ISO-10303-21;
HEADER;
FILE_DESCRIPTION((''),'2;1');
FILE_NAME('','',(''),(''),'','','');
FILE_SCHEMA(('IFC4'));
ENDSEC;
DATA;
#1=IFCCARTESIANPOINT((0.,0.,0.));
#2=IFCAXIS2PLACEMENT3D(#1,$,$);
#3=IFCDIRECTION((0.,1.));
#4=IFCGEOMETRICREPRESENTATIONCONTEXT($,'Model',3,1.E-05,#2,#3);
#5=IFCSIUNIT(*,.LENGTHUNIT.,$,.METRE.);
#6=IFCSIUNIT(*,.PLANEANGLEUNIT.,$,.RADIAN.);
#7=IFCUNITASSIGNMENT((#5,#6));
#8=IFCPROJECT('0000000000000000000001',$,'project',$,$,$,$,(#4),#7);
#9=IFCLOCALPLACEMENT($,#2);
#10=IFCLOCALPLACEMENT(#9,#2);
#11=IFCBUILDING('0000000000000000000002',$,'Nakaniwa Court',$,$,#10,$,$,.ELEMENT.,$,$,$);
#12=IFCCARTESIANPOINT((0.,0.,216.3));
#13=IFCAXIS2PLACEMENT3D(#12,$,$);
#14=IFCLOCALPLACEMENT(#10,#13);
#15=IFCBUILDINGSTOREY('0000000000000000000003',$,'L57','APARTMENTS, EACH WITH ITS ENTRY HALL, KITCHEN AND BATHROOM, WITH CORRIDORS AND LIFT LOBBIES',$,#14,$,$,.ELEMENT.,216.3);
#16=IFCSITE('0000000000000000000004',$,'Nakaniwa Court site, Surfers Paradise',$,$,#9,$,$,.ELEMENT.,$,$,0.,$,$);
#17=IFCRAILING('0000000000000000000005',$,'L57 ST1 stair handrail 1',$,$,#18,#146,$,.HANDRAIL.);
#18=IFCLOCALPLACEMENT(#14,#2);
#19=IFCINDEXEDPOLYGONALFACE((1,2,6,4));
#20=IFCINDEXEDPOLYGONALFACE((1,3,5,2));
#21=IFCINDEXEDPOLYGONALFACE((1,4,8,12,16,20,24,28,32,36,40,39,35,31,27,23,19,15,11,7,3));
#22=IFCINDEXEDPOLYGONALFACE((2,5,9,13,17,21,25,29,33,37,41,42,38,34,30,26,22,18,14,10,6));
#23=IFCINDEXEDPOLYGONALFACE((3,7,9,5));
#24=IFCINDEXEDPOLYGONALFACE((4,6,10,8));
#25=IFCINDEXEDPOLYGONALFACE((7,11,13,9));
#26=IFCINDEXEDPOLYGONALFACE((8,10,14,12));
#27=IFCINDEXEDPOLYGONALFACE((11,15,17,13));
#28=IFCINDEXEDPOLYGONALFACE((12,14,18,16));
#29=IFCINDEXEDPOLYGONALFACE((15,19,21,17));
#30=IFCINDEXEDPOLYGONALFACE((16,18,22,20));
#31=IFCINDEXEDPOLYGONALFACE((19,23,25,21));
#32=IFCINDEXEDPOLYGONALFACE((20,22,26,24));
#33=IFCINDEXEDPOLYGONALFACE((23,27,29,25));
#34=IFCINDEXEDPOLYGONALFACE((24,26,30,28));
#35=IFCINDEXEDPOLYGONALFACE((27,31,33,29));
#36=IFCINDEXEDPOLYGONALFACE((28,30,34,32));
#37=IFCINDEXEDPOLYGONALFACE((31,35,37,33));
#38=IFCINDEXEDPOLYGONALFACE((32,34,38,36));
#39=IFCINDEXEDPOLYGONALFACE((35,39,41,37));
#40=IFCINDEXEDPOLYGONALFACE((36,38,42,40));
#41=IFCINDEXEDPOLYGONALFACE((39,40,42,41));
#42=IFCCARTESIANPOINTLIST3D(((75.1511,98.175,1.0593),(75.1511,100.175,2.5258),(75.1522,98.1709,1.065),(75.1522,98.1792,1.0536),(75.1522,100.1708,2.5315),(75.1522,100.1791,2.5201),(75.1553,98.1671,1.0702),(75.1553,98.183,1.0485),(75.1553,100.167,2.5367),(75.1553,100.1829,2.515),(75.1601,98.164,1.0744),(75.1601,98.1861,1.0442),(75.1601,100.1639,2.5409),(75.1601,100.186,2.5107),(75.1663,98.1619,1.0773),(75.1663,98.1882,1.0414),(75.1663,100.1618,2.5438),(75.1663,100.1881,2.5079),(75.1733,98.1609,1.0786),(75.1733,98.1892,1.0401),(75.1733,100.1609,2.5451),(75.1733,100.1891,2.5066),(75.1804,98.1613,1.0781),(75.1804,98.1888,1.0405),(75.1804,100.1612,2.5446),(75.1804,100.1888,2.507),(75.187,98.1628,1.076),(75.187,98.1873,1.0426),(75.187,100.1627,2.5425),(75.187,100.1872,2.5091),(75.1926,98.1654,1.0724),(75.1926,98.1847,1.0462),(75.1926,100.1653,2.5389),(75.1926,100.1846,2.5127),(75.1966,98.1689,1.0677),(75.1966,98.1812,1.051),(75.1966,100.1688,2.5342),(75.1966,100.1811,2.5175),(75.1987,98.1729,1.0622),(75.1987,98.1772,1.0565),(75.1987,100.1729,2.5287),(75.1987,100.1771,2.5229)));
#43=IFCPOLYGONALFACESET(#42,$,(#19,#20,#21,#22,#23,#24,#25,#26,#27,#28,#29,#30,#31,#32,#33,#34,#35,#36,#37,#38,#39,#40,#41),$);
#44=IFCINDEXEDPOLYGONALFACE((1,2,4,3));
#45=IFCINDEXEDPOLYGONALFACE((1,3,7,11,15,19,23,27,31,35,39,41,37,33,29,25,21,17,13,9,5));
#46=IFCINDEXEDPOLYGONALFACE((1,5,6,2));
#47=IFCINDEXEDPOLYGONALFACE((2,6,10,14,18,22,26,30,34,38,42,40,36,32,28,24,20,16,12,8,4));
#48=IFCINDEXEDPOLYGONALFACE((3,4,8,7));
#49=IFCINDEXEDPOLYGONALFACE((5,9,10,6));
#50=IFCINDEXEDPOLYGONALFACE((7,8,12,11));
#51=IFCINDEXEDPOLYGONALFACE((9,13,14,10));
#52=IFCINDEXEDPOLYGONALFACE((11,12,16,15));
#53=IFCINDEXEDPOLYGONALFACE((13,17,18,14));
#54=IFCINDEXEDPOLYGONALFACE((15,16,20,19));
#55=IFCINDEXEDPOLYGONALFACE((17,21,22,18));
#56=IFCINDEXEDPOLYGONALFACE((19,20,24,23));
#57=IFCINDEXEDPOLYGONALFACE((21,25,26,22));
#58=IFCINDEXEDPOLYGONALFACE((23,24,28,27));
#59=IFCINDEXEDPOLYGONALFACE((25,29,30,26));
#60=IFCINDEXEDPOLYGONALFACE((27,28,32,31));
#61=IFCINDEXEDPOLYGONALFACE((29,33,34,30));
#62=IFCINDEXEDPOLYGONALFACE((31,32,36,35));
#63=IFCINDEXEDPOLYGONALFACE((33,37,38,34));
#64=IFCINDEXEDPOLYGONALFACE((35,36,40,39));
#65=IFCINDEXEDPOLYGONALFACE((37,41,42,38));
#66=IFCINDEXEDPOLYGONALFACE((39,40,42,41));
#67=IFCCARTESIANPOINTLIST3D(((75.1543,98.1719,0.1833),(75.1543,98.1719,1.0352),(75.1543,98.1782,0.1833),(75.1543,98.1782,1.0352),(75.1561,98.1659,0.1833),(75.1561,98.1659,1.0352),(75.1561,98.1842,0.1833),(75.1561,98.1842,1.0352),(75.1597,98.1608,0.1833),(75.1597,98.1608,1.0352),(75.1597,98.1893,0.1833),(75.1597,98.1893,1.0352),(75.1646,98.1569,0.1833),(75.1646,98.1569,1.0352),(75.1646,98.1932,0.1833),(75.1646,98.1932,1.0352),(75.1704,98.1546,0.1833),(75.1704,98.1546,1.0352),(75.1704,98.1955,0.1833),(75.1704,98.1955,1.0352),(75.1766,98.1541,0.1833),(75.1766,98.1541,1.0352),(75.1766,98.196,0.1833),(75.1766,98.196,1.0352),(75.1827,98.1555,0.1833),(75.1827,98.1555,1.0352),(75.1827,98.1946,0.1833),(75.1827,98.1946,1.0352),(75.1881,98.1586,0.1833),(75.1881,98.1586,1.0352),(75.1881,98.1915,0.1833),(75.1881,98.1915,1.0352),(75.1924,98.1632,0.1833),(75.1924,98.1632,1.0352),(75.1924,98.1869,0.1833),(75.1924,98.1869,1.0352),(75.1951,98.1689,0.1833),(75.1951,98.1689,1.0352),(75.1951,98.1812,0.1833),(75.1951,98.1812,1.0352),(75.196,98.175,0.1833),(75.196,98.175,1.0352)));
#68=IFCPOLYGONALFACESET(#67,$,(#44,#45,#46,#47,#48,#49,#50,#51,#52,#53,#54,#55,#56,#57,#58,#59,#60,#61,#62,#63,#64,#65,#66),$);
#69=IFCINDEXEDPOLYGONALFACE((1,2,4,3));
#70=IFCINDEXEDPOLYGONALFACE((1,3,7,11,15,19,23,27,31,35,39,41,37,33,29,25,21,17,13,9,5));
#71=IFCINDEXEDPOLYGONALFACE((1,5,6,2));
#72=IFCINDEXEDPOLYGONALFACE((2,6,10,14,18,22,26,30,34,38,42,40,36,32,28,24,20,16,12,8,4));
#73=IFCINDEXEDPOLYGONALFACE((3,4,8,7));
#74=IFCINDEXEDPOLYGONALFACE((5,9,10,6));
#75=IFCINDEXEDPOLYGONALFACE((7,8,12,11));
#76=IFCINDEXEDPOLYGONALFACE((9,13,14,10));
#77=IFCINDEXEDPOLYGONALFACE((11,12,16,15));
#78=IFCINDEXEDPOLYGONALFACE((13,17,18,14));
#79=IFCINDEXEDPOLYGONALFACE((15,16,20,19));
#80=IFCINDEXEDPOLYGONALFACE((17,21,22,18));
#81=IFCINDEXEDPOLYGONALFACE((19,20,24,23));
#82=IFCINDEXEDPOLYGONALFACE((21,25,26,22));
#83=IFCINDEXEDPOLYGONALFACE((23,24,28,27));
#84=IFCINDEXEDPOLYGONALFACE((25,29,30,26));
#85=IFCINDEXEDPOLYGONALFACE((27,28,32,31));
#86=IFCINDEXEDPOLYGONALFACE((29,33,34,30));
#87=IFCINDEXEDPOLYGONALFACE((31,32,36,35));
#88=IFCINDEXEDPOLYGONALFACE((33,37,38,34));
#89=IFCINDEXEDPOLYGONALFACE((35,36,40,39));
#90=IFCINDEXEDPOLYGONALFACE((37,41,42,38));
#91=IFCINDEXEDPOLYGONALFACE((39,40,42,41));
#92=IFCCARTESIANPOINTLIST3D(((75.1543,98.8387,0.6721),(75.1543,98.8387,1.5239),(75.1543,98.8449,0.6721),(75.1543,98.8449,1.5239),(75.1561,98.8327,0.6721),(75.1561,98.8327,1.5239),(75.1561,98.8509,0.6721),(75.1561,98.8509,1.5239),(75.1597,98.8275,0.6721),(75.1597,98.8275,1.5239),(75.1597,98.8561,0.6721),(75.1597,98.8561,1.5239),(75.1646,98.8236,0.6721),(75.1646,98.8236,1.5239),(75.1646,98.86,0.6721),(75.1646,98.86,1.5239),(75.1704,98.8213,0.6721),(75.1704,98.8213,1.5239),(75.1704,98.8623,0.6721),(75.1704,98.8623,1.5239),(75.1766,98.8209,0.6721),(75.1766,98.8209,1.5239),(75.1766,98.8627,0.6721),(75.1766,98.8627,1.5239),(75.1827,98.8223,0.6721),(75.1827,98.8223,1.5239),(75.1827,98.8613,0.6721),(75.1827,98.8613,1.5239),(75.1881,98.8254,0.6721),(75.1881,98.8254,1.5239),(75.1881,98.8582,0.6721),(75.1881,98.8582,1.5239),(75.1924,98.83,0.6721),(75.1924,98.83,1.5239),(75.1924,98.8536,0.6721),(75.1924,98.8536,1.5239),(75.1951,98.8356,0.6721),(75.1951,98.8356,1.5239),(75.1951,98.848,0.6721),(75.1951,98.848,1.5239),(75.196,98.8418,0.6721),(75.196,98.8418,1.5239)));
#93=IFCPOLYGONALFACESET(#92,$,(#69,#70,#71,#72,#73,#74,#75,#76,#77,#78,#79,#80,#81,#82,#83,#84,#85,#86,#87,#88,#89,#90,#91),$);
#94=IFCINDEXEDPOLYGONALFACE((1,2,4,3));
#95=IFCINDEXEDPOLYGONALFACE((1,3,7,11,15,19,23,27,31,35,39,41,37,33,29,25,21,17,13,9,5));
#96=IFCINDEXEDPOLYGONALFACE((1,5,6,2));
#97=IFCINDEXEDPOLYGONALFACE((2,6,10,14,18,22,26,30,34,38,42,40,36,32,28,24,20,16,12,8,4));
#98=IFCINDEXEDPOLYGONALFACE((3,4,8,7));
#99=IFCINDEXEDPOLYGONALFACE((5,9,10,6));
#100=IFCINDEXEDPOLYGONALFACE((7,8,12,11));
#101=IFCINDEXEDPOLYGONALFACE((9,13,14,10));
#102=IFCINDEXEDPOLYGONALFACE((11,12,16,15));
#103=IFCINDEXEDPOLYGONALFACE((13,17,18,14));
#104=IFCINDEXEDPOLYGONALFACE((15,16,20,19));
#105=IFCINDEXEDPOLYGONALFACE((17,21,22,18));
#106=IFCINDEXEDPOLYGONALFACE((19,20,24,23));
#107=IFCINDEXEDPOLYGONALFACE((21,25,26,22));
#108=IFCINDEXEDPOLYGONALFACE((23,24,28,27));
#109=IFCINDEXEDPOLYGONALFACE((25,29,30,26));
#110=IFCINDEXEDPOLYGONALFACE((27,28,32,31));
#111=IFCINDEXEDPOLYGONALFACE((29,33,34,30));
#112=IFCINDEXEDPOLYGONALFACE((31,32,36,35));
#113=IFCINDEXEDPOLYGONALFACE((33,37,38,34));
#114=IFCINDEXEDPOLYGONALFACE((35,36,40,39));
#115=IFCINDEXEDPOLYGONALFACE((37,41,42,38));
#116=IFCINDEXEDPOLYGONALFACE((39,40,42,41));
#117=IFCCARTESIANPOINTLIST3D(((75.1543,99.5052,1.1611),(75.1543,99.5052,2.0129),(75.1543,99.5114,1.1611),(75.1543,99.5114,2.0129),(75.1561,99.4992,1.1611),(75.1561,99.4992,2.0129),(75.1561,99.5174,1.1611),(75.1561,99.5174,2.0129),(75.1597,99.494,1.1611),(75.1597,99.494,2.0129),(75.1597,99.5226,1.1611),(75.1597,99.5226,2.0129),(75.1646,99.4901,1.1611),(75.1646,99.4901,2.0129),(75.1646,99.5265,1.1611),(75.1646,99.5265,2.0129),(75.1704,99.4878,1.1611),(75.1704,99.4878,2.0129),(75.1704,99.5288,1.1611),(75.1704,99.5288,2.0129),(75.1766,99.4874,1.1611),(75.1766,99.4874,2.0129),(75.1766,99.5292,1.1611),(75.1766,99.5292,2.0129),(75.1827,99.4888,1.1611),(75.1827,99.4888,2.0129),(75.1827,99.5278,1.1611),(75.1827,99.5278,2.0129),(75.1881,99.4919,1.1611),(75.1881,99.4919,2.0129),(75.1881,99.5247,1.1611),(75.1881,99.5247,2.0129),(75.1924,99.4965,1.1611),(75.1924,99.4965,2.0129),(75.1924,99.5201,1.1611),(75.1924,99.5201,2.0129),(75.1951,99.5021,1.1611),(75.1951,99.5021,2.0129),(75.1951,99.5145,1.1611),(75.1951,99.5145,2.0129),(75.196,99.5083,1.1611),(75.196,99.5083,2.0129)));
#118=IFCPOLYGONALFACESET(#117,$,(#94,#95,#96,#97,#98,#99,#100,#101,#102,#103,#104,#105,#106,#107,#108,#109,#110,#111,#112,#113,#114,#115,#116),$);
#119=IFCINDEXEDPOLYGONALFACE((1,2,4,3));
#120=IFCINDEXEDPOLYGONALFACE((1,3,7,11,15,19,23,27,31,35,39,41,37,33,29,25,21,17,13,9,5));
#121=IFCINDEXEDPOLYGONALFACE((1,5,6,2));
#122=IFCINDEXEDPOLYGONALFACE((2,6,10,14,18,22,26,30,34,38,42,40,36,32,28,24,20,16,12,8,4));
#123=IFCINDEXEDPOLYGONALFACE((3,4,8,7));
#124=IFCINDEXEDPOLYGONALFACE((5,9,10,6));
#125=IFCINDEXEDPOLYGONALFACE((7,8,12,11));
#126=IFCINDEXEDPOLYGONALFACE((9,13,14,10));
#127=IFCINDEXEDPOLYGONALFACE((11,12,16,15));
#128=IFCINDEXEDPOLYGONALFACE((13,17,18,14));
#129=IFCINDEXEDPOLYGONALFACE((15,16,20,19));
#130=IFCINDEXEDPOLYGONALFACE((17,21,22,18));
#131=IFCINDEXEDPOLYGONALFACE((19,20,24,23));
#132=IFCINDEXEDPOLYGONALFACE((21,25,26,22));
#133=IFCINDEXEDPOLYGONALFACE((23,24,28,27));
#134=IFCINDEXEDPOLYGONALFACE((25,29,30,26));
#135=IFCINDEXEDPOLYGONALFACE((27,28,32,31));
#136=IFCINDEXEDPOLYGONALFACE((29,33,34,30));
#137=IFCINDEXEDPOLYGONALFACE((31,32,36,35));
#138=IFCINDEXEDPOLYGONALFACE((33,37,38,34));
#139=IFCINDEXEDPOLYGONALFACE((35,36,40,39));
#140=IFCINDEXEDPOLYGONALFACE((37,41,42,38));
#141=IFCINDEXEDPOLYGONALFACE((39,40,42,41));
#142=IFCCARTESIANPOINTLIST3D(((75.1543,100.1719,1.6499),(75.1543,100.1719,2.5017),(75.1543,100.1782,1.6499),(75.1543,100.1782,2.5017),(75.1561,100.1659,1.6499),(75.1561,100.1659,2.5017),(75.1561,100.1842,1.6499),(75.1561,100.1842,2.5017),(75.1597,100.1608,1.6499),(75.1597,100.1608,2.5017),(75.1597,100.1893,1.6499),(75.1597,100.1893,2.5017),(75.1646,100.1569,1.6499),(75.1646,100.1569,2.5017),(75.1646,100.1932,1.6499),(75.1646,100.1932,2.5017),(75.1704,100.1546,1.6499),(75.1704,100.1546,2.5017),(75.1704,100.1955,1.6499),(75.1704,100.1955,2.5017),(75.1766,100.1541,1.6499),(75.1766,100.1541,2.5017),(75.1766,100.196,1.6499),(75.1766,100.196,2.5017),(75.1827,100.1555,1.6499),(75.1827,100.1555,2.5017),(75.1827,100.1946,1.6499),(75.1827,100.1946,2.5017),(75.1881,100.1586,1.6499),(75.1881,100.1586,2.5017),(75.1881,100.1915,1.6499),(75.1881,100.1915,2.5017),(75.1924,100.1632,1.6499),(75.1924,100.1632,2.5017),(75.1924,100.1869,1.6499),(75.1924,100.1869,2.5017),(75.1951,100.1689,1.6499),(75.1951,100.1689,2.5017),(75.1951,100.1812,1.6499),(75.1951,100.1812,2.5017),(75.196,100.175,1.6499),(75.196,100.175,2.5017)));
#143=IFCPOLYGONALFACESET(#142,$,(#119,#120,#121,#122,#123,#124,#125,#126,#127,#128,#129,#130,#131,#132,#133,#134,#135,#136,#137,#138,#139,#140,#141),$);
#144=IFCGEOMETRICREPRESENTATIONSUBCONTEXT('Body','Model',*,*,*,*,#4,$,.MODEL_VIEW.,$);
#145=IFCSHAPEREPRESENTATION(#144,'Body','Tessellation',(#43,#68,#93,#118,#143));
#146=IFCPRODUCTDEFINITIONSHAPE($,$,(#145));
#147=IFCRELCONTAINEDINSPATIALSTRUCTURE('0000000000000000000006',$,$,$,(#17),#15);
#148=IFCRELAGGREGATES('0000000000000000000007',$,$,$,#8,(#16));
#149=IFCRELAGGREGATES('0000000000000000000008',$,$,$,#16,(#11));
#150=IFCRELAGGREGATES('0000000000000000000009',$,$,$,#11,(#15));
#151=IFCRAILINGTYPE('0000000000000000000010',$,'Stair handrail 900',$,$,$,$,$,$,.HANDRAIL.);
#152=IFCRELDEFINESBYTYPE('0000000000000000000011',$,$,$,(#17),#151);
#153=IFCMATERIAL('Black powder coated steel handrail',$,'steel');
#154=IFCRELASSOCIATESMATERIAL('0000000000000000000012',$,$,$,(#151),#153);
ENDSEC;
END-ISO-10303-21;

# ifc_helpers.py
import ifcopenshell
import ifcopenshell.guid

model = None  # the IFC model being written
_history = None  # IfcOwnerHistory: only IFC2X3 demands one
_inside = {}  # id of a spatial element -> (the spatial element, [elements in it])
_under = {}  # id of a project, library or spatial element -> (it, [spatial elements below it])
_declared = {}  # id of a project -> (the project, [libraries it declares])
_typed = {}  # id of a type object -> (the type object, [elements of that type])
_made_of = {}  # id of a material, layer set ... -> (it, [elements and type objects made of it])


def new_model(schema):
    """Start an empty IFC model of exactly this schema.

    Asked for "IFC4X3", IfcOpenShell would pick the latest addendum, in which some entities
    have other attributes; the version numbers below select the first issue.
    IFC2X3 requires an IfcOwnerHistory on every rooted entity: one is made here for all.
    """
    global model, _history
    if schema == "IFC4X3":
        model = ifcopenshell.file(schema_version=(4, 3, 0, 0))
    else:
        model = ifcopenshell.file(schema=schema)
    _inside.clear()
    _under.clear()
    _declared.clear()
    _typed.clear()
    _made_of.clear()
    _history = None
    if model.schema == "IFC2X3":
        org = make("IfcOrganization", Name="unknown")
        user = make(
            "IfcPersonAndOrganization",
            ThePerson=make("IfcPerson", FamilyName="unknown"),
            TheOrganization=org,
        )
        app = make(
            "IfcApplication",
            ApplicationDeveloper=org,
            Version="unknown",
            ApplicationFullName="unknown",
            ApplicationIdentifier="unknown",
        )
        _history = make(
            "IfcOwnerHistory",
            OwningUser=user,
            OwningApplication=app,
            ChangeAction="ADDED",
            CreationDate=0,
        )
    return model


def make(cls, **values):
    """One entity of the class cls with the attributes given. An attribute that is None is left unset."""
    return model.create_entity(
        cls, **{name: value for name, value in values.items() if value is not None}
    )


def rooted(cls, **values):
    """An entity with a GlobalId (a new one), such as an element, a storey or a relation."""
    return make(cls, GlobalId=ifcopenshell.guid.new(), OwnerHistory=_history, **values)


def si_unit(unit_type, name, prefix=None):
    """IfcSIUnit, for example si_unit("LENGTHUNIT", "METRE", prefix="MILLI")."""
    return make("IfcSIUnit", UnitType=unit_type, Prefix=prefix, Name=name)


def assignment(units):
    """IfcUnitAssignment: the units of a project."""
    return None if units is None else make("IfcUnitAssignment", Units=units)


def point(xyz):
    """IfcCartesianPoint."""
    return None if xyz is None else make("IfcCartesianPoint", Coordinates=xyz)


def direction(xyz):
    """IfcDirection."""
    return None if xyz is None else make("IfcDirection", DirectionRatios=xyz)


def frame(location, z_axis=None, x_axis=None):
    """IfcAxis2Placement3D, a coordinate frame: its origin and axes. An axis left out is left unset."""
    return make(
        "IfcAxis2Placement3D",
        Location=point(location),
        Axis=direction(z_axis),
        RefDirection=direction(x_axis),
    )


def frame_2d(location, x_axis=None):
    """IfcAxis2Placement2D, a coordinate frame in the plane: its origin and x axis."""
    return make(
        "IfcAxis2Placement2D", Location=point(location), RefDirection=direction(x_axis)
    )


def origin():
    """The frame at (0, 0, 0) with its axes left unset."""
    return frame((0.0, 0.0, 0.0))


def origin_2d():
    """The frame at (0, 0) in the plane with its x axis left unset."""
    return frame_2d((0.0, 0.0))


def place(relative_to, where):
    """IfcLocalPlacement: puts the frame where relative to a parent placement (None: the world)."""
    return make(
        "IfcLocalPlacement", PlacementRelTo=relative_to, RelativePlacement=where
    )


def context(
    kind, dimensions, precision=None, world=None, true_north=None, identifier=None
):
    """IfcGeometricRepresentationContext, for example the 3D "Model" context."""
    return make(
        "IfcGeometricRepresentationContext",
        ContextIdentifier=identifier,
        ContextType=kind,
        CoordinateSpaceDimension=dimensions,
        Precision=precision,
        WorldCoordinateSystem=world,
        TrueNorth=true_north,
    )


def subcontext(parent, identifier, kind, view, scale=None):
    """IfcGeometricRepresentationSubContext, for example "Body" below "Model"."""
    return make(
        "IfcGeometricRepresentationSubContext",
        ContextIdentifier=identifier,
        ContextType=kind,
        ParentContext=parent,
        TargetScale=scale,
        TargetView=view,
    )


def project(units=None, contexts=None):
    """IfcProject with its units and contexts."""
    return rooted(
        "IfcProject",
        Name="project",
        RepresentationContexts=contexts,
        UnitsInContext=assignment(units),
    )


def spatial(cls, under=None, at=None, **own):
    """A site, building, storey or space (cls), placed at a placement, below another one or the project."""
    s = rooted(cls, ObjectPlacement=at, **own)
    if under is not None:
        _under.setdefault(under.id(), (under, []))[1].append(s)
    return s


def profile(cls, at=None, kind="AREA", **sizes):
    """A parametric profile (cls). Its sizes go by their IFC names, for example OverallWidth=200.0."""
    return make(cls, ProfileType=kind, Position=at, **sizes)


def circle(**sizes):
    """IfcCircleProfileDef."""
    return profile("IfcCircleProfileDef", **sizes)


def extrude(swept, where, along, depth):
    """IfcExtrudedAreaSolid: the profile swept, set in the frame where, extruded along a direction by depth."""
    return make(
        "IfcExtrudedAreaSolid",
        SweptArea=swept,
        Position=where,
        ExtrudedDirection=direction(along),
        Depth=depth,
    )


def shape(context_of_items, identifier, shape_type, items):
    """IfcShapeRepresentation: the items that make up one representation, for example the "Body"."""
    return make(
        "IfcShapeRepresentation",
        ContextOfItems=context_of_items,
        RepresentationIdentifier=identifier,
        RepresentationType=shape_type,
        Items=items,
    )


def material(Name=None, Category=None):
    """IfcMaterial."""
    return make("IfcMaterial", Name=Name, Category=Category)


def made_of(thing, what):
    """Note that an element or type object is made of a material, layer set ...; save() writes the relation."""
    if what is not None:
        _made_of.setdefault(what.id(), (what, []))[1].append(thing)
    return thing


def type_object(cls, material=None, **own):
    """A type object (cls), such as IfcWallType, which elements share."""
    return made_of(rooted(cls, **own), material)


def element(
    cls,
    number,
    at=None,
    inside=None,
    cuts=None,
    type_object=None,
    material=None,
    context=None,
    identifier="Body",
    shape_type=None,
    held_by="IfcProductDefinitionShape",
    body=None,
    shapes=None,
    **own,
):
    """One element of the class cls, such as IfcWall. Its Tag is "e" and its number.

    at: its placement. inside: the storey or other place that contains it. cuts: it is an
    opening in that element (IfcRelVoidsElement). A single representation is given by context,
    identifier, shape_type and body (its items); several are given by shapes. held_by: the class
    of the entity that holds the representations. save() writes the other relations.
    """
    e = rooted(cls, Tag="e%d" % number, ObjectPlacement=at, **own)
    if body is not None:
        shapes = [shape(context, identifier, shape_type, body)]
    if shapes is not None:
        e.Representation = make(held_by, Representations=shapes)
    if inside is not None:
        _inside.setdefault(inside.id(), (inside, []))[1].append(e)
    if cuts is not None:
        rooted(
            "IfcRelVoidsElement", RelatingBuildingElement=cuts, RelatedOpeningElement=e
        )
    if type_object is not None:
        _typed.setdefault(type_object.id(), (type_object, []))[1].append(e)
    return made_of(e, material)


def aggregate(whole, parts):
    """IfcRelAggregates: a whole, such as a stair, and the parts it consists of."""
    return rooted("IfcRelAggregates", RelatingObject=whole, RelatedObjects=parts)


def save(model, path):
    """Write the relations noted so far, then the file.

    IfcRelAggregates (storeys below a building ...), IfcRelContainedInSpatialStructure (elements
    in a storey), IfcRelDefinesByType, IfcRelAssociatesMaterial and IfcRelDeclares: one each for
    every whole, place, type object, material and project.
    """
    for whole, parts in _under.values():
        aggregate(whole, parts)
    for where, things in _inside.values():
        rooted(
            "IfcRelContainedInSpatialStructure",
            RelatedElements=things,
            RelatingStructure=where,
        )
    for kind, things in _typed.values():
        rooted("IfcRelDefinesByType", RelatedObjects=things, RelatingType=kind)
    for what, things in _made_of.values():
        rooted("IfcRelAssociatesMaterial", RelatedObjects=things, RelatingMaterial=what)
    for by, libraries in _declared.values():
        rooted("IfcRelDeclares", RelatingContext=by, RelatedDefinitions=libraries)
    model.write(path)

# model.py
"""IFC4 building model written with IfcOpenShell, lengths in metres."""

from ifc_helpers import new_model, si_unit, direction, frame, origin, origin_2d, place, context, subcontext, project, spatial, circle, extrude, material, type_object, element, save


model = new_model("IFC4")

# Units and contexts
model_context = context("Model", 3, precision=1e-05, world=origin(), true_north=direction((0.0, 1.0)))
body_context = subcontext(model_context, "Body", "Model", "MODEL_VIEW")
ifc_project = project(units=[si_unit("LENGTHUNIT", "METRE"), si_unit("PLANEANGLEUNIT", "RADIAN")], contexts=[model_context])

# Site, building, storey
site_placement = place(None, origin())
site = spatial("IfcSite", under=ifc_project, at=site_placement, Name="Nakaniwa Court site, Surfers Paradise", CompositionType="ELEMENT", RefElevation=0.0)
building_placement = place(site_placement, origin())
building = spatial("IfcBuilding", under=site, at=building_placement, Name="Nakaniwa Court", CompositionType="ELEMENT")
storey_placement = place(building_placement, frame((0.0, 0.0, 216.3)))
storey = spatial("IfcBuildingStorey", under=building, at=storey_placement, Name="L57", Description="APARTMENTS, EACH WITH ITS ENTRY HALL, KITCHEN AND BATHROOM, WITH CORRIDORS AND LIFT LOBBIES", CompositionType="ELEMENT", Elevation=216.3)

# Railing
ifc_material_1 = material(Name="Black powder coated steel handrail", Category="steel")
railing_type_1 = type_object("IfcRailingType", Name="Stair handrail 900", PredefinedType="HANDRAIL", material=ifc_material_1)
railing_1_placement = place(storey_placement, frame((75.175, 98.175, 0.1833)))
element("IfcRailing", 1, at=railing_1_placement, inside=storey, type_object=railing_type_1, Name="L57 ST1 stair handrail 1", PredefinedType="HANDRAIL", context=body_context, shape_type="SweptSolid", body=[
    extrude(circle(Radius=0.0239, at=origin_2d()), frame((0.0, 0.0, 0.876), z_axis=(0.0, 0.806427, 0.591334), x_axis=(-1.0, 0.0, 0.0)), (0.0, 0.0, 1.0), 2.48),
    extrude(circle(Radius=0.021, at=origin_2d()), origin(), (0.0, 0.0, 1.0), 0.8518),
    extrude(circle(Radius=0.021, at=origin_2d()), frame((0.0, 0.6667, 0.4888)), (0.0, 0.0, 1.0), 0.8518),
    extrude(circle(Radius=0.021, at=origin_2d()), frame((0.0, 1.3333, 0.9778)), (0.0, 0.0, 1.0), 0.8518),
    extrude(circle(Radius=0.021, at=origin_2d()), frame((0.0, 2.0, 1.4666)), (0.0, 0.0, 1.0), 0.8518),
])

save(model, "model.ifc")
